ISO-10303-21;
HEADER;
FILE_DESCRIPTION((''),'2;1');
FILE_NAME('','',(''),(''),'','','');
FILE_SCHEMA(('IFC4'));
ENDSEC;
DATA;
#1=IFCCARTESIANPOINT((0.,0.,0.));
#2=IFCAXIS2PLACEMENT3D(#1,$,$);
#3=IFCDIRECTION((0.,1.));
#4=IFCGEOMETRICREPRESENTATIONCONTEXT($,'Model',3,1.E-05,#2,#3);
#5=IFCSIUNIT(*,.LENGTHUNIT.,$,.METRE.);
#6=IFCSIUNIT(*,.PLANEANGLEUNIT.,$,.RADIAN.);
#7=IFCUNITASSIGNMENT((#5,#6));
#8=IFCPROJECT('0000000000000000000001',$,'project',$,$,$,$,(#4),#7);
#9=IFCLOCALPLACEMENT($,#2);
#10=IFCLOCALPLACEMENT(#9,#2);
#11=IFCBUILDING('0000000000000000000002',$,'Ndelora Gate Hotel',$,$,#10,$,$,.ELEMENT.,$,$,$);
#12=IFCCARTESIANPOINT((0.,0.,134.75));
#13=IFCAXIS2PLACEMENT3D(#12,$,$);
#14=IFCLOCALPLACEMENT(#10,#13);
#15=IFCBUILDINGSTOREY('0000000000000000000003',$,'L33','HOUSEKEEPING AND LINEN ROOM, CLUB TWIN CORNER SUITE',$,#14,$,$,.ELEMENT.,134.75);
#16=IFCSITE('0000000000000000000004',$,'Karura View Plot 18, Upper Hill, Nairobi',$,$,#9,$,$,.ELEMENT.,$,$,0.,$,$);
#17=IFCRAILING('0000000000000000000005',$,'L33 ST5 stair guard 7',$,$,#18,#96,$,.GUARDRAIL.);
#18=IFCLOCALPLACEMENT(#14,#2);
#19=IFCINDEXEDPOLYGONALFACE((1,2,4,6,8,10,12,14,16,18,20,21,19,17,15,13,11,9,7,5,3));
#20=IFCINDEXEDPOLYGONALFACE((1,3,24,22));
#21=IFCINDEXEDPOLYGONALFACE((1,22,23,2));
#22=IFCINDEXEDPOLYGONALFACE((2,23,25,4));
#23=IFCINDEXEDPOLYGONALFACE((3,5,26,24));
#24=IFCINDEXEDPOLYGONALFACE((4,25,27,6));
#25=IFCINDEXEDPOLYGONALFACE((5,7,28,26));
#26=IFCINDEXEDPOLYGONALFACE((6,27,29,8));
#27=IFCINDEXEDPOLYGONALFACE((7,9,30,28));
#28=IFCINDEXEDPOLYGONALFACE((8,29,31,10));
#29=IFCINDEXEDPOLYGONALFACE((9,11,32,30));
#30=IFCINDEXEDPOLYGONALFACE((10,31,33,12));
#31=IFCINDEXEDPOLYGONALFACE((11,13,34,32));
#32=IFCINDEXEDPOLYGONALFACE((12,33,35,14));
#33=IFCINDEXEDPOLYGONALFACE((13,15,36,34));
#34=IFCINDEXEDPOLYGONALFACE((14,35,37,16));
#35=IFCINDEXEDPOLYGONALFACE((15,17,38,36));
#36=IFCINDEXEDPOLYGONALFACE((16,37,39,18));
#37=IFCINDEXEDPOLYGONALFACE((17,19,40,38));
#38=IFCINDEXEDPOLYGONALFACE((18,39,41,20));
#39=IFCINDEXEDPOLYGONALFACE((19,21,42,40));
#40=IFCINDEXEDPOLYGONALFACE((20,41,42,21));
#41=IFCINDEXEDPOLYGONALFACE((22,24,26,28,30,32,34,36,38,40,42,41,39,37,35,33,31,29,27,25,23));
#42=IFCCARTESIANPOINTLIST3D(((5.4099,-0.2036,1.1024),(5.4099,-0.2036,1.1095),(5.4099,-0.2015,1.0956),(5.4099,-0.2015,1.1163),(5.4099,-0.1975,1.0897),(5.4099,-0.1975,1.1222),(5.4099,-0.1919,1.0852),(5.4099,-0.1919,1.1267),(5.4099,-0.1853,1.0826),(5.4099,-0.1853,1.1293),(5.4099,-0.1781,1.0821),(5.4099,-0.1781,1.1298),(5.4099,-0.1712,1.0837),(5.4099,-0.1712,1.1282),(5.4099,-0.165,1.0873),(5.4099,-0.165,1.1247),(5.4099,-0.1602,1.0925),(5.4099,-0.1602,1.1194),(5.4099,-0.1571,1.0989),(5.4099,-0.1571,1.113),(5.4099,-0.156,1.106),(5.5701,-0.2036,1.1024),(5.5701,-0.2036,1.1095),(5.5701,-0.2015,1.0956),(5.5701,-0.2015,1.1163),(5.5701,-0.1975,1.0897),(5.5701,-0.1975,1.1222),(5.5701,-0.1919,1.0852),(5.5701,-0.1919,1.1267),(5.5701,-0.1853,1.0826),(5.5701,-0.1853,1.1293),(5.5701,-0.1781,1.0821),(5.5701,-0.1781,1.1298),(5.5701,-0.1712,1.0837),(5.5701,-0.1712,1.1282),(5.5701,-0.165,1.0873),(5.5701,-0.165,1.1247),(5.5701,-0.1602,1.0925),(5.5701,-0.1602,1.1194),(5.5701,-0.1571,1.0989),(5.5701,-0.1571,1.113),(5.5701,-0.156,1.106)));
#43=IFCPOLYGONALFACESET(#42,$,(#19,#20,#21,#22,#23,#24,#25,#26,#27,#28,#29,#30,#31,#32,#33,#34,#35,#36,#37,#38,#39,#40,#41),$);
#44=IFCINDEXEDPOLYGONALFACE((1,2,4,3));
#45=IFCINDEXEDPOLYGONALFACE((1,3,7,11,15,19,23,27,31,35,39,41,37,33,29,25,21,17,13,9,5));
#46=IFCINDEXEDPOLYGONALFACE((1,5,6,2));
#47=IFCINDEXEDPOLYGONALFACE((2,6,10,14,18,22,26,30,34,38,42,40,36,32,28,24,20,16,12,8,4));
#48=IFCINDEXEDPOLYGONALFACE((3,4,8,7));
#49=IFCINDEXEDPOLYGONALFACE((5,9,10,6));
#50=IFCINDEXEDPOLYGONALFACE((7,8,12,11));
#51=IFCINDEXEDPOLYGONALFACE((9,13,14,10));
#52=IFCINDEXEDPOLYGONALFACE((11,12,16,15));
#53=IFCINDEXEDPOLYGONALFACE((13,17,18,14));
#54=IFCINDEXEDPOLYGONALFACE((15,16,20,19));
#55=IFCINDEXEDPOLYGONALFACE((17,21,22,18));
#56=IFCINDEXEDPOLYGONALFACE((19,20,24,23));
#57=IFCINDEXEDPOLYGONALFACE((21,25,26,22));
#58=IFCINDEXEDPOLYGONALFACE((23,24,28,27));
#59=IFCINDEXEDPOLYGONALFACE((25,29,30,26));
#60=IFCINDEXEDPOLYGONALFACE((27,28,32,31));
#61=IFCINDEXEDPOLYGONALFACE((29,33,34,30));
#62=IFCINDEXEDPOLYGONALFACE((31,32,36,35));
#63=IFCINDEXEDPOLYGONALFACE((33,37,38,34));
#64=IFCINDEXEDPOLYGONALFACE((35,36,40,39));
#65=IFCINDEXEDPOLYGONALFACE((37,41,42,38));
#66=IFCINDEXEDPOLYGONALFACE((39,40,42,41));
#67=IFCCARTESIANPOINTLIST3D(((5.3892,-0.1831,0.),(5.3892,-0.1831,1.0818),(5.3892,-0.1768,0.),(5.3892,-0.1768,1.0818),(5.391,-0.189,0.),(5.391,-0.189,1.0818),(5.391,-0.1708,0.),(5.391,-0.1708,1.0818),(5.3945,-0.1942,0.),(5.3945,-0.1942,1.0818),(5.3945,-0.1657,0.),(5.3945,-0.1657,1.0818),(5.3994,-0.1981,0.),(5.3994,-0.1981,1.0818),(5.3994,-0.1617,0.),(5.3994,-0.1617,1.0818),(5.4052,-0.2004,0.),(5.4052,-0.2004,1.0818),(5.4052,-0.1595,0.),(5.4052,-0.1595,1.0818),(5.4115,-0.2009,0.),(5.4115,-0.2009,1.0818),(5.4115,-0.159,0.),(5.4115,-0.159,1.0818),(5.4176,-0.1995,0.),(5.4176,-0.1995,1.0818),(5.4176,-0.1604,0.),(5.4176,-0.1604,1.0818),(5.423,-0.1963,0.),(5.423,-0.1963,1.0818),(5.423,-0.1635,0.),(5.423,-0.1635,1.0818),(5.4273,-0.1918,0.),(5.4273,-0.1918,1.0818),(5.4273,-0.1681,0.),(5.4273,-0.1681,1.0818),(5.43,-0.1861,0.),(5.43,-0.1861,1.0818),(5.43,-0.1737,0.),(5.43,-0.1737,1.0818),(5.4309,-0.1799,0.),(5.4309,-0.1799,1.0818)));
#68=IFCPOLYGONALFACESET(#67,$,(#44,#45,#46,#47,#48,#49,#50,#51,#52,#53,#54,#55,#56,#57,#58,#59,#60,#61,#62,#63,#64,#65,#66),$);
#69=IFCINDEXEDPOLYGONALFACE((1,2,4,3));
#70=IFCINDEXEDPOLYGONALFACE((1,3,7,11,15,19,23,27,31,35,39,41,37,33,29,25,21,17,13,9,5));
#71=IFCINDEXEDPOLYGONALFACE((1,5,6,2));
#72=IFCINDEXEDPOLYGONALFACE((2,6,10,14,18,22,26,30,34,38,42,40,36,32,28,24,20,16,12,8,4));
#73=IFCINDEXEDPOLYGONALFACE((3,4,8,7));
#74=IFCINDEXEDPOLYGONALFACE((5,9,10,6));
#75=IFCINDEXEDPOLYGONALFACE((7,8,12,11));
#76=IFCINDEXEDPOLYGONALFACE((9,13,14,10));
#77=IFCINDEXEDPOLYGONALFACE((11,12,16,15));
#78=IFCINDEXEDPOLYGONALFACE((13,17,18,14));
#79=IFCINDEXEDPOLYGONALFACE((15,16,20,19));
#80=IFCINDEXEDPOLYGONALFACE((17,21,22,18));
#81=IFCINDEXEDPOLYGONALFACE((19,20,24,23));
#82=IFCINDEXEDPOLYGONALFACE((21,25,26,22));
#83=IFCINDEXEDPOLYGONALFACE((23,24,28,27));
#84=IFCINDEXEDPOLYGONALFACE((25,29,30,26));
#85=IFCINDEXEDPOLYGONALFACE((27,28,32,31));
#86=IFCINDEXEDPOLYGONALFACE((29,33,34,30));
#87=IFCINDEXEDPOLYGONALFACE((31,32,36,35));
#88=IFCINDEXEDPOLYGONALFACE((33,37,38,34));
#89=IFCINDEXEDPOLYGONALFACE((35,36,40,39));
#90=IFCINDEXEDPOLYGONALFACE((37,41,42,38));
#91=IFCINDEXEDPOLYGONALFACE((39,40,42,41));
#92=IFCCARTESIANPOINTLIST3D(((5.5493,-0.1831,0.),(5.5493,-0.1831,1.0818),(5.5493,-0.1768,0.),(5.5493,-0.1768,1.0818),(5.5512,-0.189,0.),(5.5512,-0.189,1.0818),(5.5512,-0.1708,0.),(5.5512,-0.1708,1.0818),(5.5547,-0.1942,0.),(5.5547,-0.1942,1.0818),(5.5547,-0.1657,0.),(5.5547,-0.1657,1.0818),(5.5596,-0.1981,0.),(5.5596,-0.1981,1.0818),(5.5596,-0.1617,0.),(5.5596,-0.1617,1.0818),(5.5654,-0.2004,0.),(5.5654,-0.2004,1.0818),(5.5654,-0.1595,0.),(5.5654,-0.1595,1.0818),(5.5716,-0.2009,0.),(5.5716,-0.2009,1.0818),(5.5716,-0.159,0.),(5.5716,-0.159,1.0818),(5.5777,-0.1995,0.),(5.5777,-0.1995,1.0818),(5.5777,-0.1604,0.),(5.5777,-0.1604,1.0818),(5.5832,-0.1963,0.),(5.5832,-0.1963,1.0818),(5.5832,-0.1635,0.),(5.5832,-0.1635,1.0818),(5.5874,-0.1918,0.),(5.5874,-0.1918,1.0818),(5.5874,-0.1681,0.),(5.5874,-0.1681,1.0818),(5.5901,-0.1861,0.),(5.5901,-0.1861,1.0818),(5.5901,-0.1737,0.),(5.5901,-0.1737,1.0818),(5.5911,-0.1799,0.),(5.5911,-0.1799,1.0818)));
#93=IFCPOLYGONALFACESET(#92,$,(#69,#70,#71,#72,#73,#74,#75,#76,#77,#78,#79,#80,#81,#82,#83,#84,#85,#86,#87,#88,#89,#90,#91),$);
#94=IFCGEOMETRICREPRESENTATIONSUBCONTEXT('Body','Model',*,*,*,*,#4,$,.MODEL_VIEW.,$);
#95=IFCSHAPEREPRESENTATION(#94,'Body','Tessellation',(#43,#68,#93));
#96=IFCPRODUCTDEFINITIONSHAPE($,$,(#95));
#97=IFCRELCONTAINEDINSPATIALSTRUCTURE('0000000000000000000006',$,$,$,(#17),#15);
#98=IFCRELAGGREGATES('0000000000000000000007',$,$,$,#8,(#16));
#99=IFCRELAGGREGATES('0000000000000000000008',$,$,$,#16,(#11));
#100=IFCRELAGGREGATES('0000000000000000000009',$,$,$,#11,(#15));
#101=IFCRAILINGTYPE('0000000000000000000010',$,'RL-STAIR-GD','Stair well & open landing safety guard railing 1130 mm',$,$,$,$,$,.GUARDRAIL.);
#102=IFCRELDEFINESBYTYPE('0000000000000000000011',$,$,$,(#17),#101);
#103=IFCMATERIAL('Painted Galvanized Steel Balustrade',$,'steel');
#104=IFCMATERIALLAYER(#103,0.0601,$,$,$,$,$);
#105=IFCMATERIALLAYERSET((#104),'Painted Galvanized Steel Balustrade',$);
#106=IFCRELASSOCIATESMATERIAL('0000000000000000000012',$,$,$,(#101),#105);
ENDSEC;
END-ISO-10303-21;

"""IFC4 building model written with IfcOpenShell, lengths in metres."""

from ifc_helpers import new_model, si_unit, direction, frame, origin, origin_2d, place, context, subcontext, project, spatial, circle, extrude, material, layer, layer_set, type_object, element, save


model = new_model("IFC4")

# Units and contexts
model_context = context("Model", 3, precision=1e-05, world=origin(), true_north=direction((0.0, 1.0)))
body_context = subcontext(model_context, "Body", "Model", "MODEL_VIEW")
ifc_project = project(units=[si_unit("LENGTHUNIT", "METRE"), si_unit("PLANEANGLEUNIT", "RADIAN")], contexts=[model_context])

# Site, building, storey
site_placement = place(None, origin())
site = spatial("IfcSite", under=ifc_project, at=site_placement, Name="Karura View Plot 18, Upper Hill, Nairobi", CompositionType="ELEMENT", RefElevation=0.0)
building_placement = place(site_placement, origin())
building = spatial("IfcBuilding", under=site, at=building_placement, Name="Ndelora Gate Hotel", CompositionType="ELEMENT")
storey_placement = place(building_placement, frame((0.0, 0.0, 134.75)))
storey = spatial("IfcBuildingStorey", under=building, at=storey_placement, Name="L33", Description="HOUSEKEEPING AND LINEN ROOM, CLUB TWIN CORNER SUITE", CompositionType="ELEMENT", Elevation=134.75)

# Railing
ifc_material_1 = material(Name="Painted Galvanized Steel Balustrade", Category="steel")
ifc_layer_1 = layer(ifc_material_1, 0.0601)
ifc_layer_set_1 = layer_set([ifc_layer_1], Name="Painted Galvanized Steel Balustrade")
railing_type_1 = type_object("IfcRailingType", Name="RL-STAIR-GD", Description="Stair well & open landing safety guard railing 1130 mm", PredefinedType="GUARDRAIL", material=ifc_layer_set_1)
railing_1_placement = place(storey_placement, frame((5.4099, -0.1799, 0.0)))
element("IfcRailing", 1, at=railing_1_placement, inside=storey, type_object=railing_type_1, Name="L33 ST5 stair guard 7", PredefinedType="GUARDRAIL", context=body_context, shape_type="SweptSolid", body=[
    extrude(circle(Radius=0.0239, at=origin_2d()), frame((0.0, 0.0, 1.106), z_axis=(1.0, 0.0, 0.0), x_axis=(0.0, 1.0, 0.0)), (0.0, 0.0, 1.0), 0.1602),
    extrude(circle(Radius=0.021, at=origin_2d()), origin(), (0.0, 0.0, 1.0), 1.0818),
    extrude(circle(Radius=0.021, at=origin_2d()), frame((0.1602, 0.0, 0.0)), (0.0, 0.0, 1.0), 1.0818),
])

save(model, "model.ifc")
